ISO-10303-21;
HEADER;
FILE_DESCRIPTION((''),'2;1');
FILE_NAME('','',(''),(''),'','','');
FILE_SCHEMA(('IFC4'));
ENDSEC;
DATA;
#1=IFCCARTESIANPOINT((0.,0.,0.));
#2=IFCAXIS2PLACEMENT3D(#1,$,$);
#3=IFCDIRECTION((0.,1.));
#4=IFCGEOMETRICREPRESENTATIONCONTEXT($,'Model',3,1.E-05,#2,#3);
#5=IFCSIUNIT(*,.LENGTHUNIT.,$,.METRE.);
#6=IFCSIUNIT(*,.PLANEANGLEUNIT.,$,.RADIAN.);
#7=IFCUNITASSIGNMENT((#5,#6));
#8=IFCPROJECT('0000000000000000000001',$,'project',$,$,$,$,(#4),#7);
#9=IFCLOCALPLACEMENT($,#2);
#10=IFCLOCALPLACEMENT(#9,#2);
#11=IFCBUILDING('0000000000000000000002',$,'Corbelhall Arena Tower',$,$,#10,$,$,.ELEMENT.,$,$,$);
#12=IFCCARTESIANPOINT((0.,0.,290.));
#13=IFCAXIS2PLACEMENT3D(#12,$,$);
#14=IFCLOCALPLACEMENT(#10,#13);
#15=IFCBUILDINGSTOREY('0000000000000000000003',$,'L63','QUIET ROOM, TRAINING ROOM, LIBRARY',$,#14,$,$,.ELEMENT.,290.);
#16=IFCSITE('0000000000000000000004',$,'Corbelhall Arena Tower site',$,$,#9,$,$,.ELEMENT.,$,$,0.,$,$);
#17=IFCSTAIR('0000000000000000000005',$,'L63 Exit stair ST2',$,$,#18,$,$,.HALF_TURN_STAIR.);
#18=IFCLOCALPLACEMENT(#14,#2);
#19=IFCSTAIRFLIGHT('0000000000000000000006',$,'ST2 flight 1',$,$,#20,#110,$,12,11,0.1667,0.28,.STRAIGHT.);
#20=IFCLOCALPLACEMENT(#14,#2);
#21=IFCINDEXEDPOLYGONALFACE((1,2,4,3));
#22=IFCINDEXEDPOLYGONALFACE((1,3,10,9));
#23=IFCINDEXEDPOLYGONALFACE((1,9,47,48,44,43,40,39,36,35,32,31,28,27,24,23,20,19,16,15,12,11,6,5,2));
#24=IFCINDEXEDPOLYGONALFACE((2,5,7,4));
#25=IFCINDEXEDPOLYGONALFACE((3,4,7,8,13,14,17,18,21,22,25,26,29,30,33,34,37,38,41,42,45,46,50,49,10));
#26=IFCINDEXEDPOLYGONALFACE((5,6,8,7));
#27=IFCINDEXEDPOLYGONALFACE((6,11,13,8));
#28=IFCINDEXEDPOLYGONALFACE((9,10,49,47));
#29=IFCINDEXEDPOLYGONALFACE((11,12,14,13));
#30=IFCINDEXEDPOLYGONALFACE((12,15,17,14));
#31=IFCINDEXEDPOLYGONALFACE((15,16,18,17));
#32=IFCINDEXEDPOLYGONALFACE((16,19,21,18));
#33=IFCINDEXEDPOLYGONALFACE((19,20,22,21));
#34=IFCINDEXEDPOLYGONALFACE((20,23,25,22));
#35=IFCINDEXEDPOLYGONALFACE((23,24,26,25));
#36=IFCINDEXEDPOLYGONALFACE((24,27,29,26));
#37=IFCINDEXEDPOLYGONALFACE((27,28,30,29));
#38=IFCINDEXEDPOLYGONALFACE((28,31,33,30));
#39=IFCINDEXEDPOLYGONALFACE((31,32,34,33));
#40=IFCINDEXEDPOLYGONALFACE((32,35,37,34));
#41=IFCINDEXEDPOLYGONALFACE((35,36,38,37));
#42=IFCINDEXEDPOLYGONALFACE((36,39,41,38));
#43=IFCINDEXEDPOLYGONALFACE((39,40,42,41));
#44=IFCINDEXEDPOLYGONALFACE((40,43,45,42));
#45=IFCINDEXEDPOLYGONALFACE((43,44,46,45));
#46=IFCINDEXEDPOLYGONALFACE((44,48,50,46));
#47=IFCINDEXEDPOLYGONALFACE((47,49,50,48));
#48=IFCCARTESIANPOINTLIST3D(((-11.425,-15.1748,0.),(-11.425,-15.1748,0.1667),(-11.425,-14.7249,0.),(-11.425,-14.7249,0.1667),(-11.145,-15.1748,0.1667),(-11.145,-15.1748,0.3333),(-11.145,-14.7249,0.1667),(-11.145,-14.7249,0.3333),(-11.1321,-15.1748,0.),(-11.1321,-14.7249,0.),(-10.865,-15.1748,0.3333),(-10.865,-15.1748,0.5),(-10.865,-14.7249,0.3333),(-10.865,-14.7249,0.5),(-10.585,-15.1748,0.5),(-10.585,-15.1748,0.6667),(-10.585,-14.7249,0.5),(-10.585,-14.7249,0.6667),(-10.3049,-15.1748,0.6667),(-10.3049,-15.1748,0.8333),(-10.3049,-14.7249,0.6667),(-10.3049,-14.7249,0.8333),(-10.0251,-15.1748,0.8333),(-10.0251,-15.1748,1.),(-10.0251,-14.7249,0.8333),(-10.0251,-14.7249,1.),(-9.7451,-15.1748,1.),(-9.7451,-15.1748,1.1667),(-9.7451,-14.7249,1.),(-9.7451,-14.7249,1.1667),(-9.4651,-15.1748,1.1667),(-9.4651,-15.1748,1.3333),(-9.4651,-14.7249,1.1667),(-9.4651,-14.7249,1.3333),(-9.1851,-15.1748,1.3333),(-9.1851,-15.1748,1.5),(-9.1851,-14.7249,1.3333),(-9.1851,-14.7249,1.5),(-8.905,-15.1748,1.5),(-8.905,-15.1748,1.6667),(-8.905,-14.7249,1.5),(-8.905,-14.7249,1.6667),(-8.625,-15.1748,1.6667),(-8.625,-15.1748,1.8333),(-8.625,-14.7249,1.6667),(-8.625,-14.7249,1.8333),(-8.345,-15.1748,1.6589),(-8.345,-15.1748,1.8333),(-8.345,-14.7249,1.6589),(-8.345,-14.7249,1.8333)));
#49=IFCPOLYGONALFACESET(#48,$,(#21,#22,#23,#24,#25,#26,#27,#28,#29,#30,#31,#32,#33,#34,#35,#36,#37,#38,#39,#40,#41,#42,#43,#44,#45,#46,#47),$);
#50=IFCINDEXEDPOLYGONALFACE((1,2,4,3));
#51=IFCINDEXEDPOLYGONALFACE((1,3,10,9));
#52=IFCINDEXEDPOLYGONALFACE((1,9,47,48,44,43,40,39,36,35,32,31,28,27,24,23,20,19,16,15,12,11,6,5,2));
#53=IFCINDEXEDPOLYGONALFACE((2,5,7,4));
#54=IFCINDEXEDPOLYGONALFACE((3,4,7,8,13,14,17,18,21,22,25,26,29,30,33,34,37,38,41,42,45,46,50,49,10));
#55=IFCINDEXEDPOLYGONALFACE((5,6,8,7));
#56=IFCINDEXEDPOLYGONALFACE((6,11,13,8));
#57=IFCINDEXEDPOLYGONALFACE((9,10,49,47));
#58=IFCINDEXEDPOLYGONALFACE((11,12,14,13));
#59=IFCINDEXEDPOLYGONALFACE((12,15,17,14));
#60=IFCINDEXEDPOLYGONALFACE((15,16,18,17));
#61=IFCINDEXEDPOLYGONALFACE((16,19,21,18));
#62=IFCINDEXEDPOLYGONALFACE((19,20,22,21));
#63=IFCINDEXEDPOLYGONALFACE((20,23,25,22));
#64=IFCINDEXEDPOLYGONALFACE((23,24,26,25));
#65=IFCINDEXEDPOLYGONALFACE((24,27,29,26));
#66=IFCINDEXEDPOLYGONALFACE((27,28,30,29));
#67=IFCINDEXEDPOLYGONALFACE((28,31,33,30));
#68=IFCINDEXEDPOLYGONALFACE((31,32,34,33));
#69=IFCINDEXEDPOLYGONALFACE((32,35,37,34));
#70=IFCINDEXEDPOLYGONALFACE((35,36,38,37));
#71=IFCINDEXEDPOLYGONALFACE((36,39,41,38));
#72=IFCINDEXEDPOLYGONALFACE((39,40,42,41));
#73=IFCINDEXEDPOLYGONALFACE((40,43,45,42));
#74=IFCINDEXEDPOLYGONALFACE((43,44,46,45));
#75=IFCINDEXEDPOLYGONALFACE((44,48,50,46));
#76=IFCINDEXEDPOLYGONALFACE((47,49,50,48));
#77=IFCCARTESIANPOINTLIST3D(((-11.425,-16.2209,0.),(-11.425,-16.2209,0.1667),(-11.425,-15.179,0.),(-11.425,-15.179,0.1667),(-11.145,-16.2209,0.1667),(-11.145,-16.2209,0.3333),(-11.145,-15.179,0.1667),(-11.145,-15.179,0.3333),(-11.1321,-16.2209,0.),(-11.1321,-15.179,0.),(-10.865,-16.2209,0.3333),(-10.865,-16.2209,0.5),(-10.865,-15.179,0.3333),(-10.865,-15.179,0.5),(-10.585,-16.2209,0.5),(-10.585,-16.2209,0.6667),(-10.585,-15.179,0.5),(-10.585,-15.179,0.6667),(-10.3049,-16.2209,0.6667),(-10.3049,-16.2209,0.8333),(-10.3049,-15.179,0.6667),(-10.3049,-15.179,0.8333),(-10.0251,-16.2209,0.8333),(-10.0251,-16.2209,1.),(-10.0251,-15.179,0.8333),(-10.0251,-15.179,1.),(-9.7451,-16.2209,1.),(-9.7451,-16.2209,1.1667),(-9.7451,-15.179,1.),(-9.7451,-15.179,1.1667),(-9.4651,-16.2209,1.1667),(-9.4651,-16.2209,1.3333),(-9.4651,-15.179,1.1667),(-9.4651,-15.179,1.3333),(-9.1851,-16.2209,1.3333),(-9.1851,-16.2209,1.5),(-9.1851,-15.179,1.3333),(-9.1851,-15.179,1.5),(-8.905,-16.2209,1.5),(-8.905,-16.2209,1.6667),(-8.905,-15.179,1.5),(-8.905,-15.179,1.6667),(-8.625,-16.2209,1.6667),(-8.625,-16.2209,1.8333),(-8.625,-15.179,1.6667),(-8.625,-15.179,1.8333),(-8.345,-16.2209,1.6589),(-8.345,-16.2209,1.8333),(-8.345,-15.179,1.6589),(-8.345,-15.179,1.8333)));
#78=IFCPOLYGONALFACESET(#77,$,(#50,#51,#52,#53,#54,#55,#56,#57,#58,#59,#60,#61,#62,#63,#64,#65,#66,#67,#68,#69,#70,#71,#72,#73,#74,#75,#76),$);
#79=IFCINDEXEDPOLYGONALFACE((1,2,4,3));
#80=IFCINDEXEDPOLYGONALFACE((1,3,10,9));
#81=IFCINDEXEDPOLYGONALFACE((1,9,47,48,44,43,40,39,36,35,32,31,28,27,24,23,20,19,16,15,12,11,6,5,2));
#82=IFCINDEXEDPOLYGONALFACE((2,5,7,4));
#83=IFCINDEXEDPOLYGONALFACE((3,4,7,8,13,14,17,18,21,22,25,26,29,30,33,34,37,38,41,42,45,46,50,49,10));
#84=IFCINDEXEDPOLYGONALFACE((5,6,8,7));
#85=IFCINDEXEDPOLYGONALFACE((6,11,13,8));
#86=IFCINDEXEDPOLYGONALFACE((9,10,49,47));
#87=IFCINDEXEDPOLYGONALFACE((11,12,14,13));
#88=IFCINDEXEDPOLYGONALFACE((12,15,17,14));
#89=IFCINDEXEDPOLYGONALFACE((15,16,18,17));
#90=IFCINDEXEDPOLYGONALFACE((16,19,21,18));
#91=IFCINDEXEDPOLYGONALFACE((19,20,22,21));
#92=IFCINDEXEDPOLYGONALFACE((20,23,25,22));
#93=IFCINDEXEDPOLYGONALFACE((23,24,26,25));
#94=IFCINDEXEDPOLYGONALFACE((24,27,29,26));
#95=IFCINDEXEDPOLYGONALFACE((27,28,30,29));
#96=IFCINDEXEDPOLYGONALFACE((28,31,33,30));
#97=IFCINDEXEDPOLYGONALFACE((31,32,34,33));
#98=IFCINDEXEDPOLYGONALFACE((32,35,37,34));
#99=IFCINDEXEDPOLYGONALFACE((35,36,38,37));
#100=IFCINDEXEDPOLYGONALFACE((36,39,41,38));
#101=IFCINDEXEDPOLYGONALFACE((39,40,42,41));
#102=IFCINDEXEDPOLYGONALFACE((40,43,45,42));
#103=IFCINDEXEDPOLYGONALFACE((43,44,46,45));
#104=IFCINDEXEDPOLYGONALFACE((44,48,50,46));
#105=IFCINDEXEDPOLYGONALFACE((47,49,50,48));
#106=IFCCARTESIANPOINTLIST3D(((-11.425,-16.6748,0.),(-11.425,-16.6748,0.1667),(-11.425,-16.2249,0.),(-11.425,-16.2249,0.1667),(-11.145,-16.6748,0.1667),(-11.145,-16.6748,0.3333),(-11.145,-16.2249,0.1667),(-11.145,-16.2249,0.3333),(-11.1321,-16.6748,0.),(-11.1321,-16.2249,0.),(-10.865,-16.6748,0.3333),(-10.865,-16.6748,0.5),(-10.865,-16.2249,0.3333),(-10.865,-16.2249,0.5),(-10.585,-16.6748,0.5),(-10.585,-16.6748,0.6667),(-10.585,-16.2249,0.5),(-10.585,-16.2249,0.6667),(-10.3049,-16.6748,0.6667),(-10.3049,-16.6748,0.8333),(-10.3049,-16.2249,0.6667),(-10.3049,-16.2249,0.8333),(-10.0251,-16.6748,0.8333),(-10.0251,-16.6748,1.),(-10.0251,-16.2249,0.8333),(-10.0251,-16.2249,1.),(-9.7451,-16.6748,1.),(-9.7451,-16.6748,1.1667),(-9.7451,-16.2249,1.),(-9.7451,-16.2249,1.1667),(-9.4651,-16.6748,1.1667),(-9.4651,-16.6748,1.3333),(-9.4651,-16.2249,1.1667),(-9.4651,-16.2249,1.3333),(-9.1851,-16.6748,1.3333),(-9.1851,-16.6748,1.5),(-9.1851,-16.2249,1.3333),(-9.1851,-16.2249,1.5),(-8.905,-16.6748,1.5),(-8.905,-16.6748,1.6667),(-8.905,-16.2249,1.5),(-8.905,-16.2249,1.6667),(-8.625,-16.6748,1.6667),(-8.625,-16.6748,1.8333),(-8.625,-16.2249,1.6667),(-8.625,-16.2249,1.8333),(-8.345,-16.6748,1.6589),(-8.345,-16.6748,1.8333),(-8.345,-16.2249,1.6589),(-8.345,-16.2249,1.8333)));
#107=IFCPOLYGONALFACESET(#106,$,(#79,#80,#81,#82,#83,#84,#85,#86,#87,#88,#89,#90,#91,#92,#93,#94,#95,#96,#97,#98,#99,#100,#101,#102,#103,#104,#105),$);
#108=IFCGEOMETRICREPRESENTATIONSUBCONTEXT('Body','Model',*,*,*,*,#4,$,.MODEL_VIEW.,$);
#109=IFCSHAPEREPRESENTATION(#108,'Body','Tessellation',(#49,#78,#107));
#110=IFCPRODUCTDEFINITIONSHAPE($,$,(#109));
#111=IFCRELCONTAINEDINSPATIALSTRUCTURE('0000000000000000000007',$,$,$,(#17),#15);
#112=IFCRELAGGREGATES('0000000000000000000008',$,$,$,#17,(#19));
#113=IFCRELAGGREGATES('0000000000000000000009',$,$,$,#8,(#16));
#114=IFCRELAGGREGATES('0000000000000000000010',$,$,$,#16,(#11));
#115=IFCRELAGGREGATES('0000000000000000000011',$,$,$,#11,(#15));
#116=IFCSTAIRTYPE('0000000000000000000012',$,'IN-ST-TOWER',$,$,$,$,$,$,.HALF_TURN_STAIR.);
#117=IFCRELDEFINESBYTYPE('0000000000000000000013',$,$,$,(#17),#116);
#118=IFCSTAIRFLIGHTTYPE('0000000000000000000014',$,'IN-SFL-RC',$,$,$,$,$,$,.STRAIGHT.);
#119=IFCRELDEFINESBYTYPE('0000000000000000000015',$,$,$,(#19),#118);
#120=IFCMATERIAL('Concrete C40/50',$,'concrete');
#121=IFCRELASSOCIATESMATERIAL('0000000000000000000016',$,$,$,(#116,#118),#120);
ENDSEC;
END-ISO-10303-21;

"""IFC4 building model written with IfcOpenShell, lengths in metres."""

from ifc_helpers import new_model, si_unit, direction, frame, origin, place, context, subcontext, project, spatial, polyline, outline, extrude, material, type_object, element, aggregate, save


model = new_model("IFC4")

# Units and contexts
model_context = context("Model", 3, precision=1e-05, world=origin(), true_north=direction((0.0, 1.0)))
body_context = subcontext(model_context, "Body", "Model", "MODEL_VIEW")
ifc_project = project(units=[si_unit("LENGTHUNIT", "METRE"), si_unit("PLANEANGLEUNIT", "RADIAN")], contexts=[model_context])

# Site, building, storey
site_placement = place(None, origin())
site = spatial("IfcSite", under=ifc_project, at=site_placement, Name="Corbelhall Arena Tower site", CompositionType="ELEMENT", RefElevation=0.0)
building_placement = place(site_placement, origin())
building = spatial("IfcBuilding", under=site, at=building_placement, Name="Corbelhall Arena Tower", CompositionType="ELEMENT")
storey_placement = place(building_placement, frame((0.0, 0.0, 290.0)))
storey = spatial("IfcBuildingStorey", under=building, at=storey_placement, Name="L63", Description="QUIET ROOM, TRAINING ROOM, LIBRARY", CompositionType="ELEMENT", Elevation=290.0)

# Shared definitions
ifc_material_1 = material(Name="Concrete C40/50", Category="concrete")

# Stair, stair flight
stair_type = type_object("IfcStairType", Name="IN-ST-TOWER", PredefinedType="HALF_TURN_STAIR", material=ifc_material_1)
stair_placement = place(storey_placement, origin())
stair = element("IfcStair", 1, at=stair_placement, inside=storey, type_object=stair_type, Name="L63 Exit stair ST2", PredefinedType="HALF_TURN_STAIR")
stair_flight_type = type_object("IfcStairFlightType", Name="IN-SFL-RC", PredefinedType="STRAIGHT", material=ifc_material_1)
stair_flight_1_placement = place(storey_placement, frame((-11.425, -15.7, 0.0), z_axis=(0.0, 0.0, 1.0), x_axis=(1.0, 0.0, 0.0)))
stair_flight_1 = element("IfcStairFlight", 2, at=stair_flight_1_placement, type_object=stair_flight_type, Name="ST2 flight 1", NumberOfRisers=12, NumberOfTreads=11, PredefinedType="STRAIGHT", RiserHeight=0.1667, TreadLength=0.28, context=body_context, shape_type="SweptSolid", body=[
    extrude(outline(polyline([(0.0, 0.0), (0.0, 0.1667), (0.28, 0.1667), (0.28, 0.3333), (0.5601, 0.3333), (0.5601, 0.5), (0.8401, 0.5), (0.8401, 0.6667), (1.1201, 0.6667), (1.1201, 0.8333), (1.3999, 0.8333), (1.3999, 1.0), (1.6799, 1.0), (1.6799, 1.1667), (1.96, 1.1667), (1.96, 1.3333), (2.24, 1.3333), (2.24, 1.5), (2.52, 1.5), (2.52, 1.6667), (2.8, 1.6667), (2.8, 1.8333), (3.0801, 1.8333), (3.0801, 2.0), (3.0801, 1.6589), (0.293, 0.0), (0.0, 0.0)])), frame((0.0, 0.9751, 0.0), z_axis=(0.0, -1.0, 0.0), x_axis=(1.0, 0.0, 0.0)), (0.0, 0.0, 1.0), 0.45),
    extrude(outline(polyline([(0.0, 0.0), (0.0, 0.1667), (0.28, 0.1667), (0.28, 0.3333), (0.5601, 0.3333), (0.5601, 0.5), (0.8401, 0.5), (0.8401, 0.6667), (1.1201, 0.6667), (1.1201, 0.8333), (1.3999, 0.8333), (1.3999, 1.0), (1.6799, 1.0), (1.6799, 1.1667), (1.96, 1.1667), (1.96, 1.3333), (2.24, 1.3333), (2.24, 1.5), (2.52, 1.5), (2.52, 1.6667), (2.8, 1.6667), (2.8, 1.8333), (3.0801, 1.8333), (3.0801, 2.0), (3.0801, 1.6589), (0.293, 0.0), (0.0, 0.0)])), frame((0.0, 0.521, 0.0), z_axis=(0.0, -1.0, 0.0), x_axis=(1.0, 0.0, 0.0)), (0.0, 0.0, 1.0), 1.042),
    extrude(outline(polyline([(0.0, 0.0), (0.0, 0.1667), (0.28, 0.1667), (0.28, 0.3333), (0.5601, 0.3333), (0.5601, 0.5), (0.8401, 0.5), (0.8401, 0.6667), (1.1201, 0.6667), (1.1201, 0.8333), (1.3999, 0.8333), (1.3999, 1.0), (1.6799, 1.0), (1.6799, 1.1667), (1.96, 1.1667), (1.96, 1.3333), (2.24, 1.3333), (2.24, 1.5), (2.52, 1.5), (2.52, 1.6667), (2.8, 1.6667), (2.8, 1.8333), (3.0801, 1.8333), (3.0801, 2.0), (3.0801, 1.6589), (0.293, 0.0), (0.0, 0.0)])), frame((0.0, -0.5249, 0.0), z_axis=(0.0, -1.0, 0.0), x_axis=(1.0, 0.0, 0.0)), (0.0, 0.0, 1.0), 0.45),
])
aggregate(stair, [stair_flight_1])

save(model, "model.ifc")
